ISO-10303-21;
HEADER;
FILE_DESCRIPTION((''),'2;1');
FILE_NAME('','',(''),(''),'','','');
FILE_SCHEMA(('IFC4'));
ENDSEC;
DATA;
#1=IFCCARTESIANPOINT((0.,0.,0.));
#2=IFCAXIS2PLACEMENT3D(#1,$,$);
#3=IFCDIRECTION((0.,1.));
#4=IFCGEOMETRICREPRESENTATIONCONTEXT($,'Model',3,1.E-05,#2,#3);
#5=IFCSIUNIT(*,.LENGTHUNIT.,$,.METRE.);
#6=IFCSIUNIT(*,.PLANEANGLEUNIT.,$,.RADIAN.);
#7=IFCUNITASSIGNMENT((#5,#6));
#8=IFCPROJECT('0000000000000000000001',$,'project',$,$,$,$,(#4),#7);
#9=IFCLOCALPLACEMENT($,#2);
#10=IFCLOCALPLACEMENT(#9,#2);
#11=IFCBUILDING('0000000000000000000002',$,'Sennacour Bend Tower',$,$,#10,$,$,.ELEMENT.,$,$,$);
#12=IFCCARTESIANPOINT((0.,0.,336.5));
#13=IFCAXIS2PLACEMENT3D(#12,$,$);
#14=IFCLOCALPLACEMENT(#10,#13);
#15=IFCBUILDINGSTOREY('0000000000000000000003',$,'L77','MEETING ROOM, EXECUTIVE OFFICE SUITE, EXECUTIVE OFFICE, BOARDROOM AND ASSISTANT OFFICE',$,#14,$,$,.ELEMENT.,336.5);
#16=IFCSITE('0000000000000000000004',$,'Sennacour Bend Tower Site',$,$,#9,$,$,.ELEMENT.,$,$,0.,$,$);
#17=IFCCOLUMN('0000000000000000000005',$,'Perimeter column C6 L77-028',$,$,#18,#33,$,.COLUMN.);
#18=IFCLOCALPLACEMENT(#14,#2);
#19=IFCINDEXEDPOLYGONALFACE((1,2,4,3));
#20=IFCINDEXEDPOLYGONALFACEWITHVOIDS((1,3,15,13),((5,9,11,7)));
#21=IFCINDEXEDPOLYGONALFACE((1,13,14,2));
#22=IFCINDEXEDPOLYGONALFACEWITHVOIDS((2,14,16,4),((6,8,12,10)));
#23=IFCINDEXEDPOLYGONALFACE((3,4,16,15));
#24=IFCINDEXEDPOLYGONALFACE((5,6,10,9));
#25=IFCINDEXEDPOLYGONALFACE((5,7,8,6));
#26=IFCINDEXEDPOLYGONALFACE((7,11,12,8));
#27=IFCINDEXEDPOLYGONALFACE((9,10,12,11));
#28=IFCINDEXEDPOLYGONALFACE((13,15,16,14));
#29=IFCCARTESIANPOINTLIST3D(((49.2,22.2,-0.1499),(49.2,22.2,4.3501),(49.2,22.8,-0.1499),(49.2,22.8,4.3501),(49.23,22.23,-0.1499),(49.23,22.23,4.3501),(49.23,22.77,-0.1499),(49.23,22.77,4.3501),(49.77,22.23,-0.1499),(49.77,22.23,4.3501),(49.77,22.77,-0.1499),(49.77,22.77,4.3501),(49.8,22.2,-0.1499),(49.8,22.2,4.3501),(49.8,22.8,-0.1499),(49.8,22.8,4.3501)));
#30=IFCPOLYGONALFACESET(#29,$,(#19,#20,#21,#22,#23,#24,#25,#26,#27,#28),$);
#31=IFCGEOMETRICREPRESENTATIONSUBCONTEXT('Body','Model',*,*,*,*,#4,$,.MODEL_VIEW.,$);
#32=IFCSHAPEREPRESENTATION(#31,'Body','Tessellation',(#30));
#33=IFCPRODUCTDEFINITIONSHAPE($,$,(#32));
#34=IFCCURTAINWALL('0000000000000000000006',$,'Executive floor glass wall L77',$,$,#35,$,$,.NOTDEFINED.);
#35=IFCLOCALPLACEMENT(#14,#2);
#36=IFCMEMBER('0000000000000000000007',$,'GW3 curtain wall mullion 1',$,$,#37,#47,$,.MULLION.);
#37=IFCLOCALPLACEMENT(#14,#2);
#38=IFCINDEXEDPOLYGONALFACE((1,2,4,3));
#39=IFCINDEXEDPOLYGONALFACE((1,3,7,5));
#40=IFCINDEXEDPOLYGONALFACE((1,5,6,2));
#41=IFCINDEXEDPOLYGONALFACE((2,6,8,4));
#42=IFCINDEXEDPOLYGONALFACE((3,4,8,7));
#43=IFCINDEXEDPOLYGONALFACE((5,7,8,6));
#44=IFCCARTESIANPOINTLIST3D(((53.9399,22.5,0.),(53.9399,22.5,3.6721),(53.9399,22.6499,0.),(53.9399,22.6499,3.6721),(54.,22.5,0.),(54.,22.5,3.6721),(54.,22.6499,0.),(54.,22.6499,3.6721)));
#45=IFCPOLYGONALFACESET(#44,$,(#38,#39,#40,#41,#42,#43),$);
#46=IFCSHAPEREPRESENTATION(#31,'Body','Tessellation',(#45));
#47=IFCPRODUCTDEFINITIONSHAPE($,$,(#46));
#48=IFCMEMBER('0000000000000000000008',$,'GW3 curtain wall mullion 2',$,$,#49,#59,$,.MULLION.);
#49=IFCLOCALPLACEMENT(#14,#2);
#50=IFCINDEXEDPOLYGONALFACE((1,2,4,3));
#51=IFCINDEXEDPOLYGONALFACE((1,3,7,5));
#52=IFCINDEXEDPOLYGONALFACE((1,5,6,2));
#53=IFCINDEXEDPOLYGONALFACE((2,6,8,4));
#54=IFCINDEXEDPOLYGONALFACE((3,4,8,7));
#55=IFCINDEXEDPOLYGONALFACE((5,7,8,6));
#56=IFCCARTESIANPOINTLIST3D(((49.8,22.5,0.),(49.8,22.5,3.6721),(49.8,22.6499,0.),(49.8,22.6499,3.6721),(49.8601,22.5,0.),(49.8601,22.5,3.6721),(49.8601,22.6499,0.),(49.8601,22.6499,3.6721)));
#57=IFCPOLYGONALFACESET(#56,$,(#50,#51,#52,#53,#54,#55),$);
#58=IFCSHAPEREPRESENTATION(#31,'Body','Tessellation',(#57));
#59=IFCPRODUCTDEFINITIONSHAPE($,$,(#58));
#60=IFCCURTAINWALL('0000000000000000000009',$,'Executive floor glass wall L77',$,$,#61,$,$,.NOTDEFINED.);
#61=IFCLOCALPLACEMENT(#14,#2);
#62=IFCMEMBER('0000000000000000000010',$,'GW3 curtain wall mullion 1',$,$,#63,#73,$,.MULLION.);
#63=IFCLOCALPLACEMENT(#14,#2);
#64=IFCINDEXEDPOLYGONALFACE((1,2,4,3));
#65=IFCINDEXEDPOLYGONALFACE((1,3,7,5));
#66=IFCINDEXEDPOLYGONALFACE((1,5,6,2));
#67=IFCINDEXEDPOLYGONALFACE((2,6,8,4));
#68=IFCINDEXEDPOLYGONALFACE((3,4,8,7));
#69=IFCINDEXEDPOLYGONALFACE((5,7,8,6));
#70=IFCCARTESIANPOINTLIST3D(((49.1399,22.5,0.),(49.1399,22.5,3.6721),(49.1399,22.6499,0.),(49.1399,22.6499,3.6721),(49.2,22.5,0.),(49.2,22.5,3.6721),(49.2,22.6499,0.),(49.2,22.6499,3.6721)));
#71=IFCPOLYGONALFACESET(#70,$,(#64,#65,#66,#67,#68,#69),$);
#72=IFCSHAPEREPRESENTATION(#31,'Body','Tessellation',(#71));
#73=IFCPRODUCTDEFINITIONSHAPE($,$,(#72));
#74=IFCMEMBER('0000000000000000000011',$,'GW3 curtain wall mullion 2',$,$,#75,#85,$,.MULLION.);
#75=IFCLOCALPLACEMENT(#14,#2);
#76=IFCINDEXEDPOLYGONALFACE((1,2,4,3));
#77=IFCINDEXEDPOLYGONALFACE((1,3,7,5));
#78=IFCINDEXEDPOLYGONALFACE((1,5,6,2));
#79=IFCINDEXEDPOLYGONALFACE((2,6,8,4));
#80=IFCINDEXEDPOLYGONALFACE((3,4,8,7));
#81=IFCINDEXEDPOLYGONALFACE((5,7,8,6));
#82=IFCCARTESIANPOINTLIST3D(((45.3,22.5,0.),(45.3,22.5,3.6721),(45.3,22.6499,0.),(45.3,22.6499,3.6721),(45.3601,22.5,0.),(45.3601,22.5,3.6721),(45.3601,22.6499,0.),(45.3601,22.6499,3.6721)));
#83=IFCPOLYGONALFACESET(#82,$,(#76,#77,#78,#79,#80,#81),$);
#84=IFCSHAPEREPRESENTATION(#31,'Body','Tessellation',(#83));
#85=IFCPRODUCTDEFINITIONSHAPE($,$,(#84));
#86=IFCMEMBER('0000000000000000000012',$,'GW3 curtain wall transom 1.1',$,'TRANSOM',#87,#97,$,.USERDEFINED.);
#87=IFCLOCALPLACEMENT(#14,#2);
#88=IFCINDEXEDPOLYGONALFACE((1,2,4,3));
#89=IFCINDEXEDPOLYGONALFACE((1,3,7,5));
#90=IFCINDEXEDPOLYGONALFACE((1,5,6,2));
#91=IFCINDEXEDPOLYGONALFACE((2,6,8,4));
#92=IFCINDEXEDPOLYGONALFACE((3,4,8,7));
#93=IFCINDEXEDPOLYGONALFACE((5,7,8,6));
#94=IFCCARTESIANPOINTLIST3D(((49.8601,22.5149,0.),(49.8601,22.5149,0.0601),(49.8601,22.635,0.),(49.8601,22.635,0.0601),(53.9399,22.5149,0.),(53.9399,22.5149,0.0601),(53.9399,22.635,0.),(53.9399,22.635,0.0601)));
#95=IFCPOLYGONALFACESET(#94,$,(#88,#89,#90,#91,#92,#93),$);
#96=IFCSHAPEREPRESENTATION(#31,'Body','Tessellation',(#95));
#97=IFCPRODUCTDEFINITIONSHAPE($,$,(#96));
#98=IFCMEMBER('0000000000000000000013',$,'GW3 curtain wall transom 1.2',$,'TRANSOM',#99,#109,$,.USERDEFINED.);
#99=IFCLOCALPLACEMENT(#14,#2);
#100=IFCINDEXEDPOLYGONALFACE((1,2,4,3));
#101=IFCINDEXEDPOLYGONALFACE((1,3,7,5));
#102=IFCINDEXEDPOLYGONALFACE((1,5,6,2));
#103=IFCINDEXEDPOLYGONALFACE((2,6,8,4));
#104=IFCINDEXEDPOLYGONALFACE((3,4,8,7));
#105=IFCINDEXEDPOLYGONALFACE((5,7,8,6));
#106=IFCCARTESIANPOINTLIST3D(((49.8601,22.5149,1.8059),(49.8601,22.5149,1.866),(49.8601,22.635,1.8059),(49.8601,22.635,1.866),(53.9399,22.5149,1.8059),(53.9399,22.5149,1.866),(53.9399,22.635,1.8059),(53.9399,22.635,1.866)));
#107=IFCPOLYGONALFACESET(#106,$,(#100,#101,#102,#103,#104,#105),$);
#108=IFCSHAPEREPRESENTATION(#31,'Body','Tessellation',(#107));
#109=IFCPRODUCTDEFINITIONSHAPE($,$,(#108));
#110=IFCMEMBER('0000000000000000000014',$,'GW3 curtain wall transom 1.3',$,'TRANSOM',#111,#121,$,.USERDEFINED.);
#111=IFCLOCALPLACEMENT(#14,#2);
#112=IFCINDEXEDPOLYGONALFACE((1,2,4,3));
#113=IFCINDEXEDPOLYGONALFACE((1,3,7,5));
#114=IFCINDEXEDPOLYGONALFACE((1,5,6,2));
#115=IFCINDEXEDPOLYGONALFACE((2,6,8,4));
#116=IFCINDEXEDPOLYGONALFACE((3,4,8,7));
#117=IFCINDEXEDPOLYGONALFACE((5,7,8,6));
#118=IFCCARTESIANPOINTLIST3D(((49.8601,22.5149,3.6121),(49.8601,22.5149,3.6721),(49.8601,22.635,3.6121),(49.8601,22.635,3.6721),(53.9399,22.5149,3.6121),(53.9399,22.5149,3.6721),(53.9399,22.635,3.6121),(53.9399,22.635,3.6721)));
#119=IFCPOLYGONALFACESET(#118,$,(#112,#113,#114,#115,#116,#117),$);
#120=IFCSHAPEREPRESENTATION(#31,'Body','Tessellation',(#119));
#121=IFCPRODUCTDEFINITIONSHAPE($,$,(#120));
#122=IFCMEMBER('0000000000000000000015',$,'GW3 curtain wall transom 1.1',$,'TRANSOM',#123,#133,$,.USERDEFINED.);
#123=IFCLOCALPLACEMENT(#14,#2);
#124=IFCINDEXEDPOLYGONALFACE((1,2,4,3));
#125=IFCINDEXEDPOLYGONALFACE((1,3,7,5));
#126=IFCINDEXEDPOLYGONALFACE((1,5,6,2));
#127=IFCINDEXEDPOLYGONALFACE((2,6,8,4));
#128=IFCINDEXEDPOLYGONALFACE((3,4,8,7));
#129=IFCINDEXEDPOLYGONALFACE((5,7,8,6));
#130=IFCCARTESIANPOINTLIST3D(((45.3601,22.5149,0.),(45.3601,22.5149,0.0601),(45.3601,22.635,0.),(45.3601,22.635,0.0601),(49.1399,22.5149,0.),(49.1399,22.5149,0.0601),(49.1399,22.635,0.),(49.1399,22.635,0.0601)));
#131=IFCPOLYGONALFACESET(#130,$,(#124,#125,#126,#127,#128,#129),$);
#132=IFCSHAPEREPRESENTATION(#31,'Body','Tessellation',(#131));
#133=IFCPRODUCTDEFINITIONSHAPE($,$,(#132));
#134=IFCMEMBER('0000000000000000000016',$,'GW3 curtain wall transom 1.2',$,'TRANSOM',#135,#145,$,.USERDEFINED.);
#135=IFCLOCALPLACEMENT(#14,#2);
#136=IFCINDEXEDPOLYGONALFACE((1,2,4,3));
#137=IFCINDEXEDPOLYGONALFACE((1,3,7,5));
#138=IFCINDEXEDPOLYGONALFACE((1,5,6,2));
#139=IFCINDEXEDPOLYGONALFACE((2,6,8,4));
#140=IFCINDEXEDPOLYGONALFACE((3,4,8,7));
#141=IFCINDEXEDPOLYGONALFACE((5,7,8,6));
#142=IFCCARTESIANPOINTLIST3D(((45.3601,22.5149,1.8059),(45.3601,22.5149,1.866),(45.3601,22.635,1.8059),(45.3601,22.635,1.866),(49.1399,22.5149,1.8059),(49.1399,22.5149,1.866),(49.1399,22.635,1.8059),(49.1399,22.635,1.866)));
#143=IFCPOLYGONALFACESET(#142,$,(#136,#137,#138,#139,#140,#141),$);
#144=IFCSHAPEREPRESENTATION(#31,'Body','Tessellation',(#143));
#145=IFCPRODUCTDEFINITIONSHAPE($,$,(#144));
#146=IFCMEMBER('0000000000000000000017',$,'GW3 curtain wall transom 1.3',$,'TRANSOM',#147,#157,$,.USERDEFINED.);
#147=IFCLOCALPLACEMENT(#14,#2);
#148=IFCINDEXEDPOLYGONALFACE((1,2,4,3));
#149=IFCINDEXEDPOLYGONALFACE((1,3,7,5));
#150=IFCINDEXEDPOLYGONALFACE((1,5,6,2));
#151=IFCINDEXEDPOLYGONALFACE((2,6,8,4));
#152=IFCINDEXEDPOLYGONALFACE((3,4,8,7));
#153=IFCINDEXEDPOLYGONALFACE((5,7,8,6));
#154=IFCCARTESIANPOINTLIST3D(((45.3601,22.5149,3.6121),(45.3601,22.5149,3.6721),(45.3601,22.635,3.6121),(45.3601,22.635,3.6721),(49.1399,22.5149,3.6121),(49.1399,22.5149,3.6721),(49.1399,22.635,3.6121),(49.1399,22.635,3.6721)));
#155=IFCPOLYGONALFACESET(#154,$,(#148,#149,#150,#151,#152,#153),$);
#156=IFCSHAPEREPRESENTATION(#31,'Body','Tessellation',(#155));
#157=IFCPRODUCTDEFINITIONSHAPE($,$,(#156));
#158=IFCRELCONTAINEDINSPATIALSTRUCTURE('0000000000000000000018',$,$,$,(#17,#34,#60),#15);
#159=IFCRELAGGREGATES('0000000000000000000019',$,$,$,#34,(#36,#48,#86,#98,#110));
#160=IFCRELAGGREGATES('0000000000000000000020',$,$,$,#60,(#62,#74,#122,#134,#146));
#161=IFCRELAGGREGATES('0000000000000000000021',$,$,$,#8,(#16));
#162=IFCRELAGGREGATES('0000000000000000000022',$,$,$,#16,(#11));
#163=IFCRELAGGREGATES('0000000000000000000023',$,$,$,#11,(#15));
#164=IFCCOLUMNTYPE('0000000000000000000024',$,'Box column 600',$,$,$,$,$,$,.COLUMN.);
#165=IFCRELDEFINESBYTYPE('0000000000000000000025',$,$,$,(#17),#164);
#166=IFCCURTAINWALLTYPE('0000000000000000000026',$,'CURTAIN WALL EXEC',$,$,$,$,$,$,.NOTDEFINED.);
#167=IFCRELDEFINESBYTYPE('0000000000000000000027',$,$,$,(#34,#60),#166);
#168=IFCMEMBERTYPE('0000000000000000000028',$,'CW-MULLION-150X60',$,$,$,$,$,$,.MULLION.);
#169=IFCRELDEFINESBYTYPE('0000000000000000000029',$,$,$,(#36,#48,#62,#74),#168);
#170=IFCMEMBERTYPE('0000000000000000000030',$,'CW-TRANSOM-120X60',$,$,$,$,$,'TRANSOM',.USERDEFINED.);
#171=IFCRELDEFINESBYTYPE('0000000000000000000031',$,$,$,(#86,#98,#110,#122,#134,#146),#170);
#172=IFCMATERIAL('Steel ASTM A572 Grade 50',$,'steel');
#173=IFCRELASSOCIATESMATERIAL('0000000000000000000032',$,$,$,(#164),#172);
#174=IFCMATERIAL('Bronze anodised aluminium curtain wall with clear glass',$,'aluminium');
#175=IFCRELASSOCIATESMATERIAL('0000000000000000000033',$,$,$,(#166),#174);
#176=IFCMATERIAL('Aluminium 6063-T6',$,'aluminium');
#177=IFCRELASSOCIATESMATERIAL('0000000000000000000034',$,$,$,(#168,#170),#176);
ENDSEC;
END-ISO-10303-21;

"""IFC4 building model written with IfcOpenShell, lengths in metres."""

from ifc_helpers import new_model, si_unit, direction, frame, origin, origin_2d, place, context, subcontext, project, spatial, rectangle, hollow_rectangle, extrude, material, material_profile, profile_set, type_object, element, aggregate, save


model = new_model("IFC4")

# Units and contexts
model_context = context("Model", 3, precision=1e-05, world=origin(), true_north=direction((0.0, 1.0)))
body_context = subcontext(model_context, "Body", "Model", "MODEL_VIEW")
ifc_project = project(units=[si_unit("LENGTHUNIT", "METRE"), si_unit("PLANEANGLEUNIT", "RADIAN")], contexts=[model_context])

# Site, building, storey
site_placement = place(None, origin())
site = spatial("IfcSite", under=ifc_project, at=site_placement, Name="Sennacour Bend Tower Site", CompositionType="ELEMENT", RefElevation=0.0)
building_placement = place(site_placement, origin())
building = spatial("IfcBuilding", under=site, at=building_placement, Name="Sennacour Bend Tower", CompositionType="ELEMENT")
storey_placement = place(building_placement, frame((0.0, 0.0, 336.5)))
storey = spatial("IfcBuildingStorey", under=building, at=storey_placement, Name="L77", Description="MEETING ROOM, EXECUTIVE OFFICE SUITE, EXECUTIVE OFFICE, BOARDROOM AND ASSISTANT OFFICE", CompositionType="ELEMENT", Elevation=336.5)

# Column
ifc_material_1 = material(Name="Steel ASTM A572 Grade 50", Category="steel")
ifc_material_profile_1 = material_profile(ifc_material_1, hollow_rectangle(XDim=0.6001, YDim=0.6001, WallThickness=0.03, at=origin_2d()), Name="Steel ASTM A572 Grade 50", Category="steel")
ifc_profile_set_1 = profile_set([ifc_material_profile_1], Name="Steel ASTM A572 Grade 50")
column_type = type_object("IfcColumnType", Name="Box column 600", PredefinedType="COLUMN", material=ifc_profile_set_1)
column_placement = place(storey_placement, frame((49.5, 22.5, -0.1499), z_axis=(0.0, 0.0, 1.0), x_axis=(1.0, 0.0, 0.0)))
element("IfcColumn", 1, at=column_placement, inside=storey, type_object=column_type, Name="Perimeter column C6 L77-028", PredefinedType="COLUMN", context=body_context, shape_type="SweptSolid", body=[
    extrude(hollow_rectangle(XDim=0.6001, YDim=0.6001, WallThickness=0.03, at=origin_2d()), origin(), (0.0, 0.0, 1.0), 4.5),
])

# Curtain walls, members
ifc_material_2 = material(Name="Bronze anodised aluminium curtain wall with clear glass", Category="aluminium")
curtain_wall_type = type_object("IfcCurtainWallType", Name="CURTAIN WALL EXEC", PredefinedType="NOTDEFINED", material=ifc_material_2)
curtain_wall_1_placement = place(storey_placement, origin())
curtain_wall_1 = element("IfcCurtainWall", 2, at=curtain_wall_1_placement, inside=storey, type_object=curtain_wall_type, Name="Executive floor glass wall L77", PredefinedType="NOTDEFINED")
ifc_material_3 = material(Name="Aluminium 6063-T6", Category="aluminium")
ifc_material_profile_2 = material_profile(ifc_material_3, rectangle(XDim=0.1499, YDim=0.0601, at=origin_2d()), Name="Aluminium 6063-T6", Category="aluminium")
ifc_profile_set_2 = profile_set([ifc_material_profile_2], Name="Aluminium 6063-T6")
member_type_1 = type_object("IfcMemberType", Name="CW-MULLION-150X60", PredefinedType="MULLION", material=ifc_profile_set_2)
member_1_placement = place(storey_placement, frame((53.97, 22.575, 0.0), z_axis=(0.0, 0.0, 1.0), x_axis=(0.0, -1.0, 0.0)))
member_1 = element("IfcMember", 3, at=member_1_placement, type_object=member_type_1, Name="GW3 curtain wall mullion 1", PredefinedType="MULLION", context=body_context, shape_type="SweptSolid", body=[
    extrude(rectangle(XDim=0.1499, YDim=0.0601, at=origin_2d()), origin(), (0.0, 0.0, 1.0), 3.6721),
])
member_2_placement = place(storey_placement, frame((49.8301, 22.575, 0.0), z_axis=(0.0, 0.0, 1.0), x_axis=(0.0, -1.0, 0.0)))
member_2 = element("IfcMember", 4, at=member_2_placement, type_object=member_type_1, Name="GW3 curtain wall mullion 2", PredefinedType="MULLION", context=body_context, shape_type="SweptSolid", body=[
    extrude(rectangle(XDim=0.1499, YDim=0.0601, at=origin_2d()), origin(), (0.0, 0.0, 1.0), 3.6721),
])
curtain_wall_2_placement = place(storey_placement, origin())
curtain_wall_2 = element("IfcCurtainWall", 5, at=curtain_wall_2_placement, inside=storey, type_object=curtain_wall_type, Name="Executive floor glass wall L77", PredefinedType="NOTDEFINED")
member_3_placement = place(storey_placement, frame((49.1699, 22.575, 0.0), z_axis=(0.0, 0.0, 1.0), x_axis=(0.0, -1.0, 0.0)))
member_3 = element("IfcMember", 6, at=member_3_placement, type_object=member_type_1, Name="GW3 curtain wall mullion 1", PredefinedType="MULLION", context=body_context, shape_type="SweptSolid", body=[
    extrude(rectangle(XDim=0.1499, YDim=0.0601, at=origin_2d()), origin(), (0.0, 0.0, 1.0), 3.6721),
])
member_4_placement = place(storey_placement, frame((45.3301, 22.575, 0.0), z_axis=(0.0, 0.0, 1.0), x_axis=(0.0, -1.0, 0.0)))
member_4 = element("IfcMember", 7, at=member_4_placement, type_object=member_type_1, Name="GW3 curtain wall mullion 2", PredefinedType="MULLION", context=body_context, shape_type="SweptSolid", body=[
    extrude(rectangle(XDim=0.1499, YDim=0.0601, at=origin_2d()), origin(), (0.0, 0.0, 1.0), 3.6721),
])

# Members
ifc_material_profile_3 = material_profile(ifc_material_3, rectangle(XDim=0.1201, YDim=0.0601, at=origin_2d()), Name="Aluminium 6063-T6", Category="aluminium")
ifc_profile_set_3 = profile_set([ifc_material_profile_3], Name="Aluminium 6063-T6")
member_type_2 = type_object("IfcMemberType", Name="CW-TRANSOM-120X60", ElementType="TRANSOM", PredefinedType="USERDEFINED", material=ifc_profile_set_3)
member_5_placement = place(storey_placement, frame((53.9399, 22.575, 0.03), z_axis=(-1.0, 0.0, 0.0), x_axis=(0.0, -1.0, 0.0)))
member_5 = element("IfcMember", 8, at=member_5_placement, type_object=member_type_2, Name="GW3 curtain wall transom 1.1", ObjectType="TRANSOM", PredefinedType="USERDEFINED", context=body_context, shape_type="SweptSolid", body=[
    extrude(rectangle(XDim=0.1201, YDim=0.0601, at=origin_2d()), origin(), (0.0, 0.0, 1.0), 4.0798),
])
member_6_placement = place(storey_placement, frame((53.9399, 22.575, 1.8359), z_axis=(-1.0, 0.0, 0.0), x_axis=(0.0, -1.0, 0.0)))
member_6 = element("IfcMember", 9, at=member_6_placement, type_object=member_type_2, Name="GW3 curtain wall transom 1.2", ObjectType="TRANSOM", PredefinedType="USERDEFINED", context=body_context, shape_type="SweptSolid", body=[
    extrude(rectangle(XDim=0.1201, YDim=0.0601, at=origin_2d()), origin(), (0.0, 0.0, 1.0), 4.0798),
])
member_7_placement = place(storey_placement, frame((53.9399, 22.575, 3.6421), z_axis=(-1.0, 0.0, 0.0), x_axis=(0.0, -1.0, 0.0)))
member_7 = element("IfcMember", 10, at=member_7_placement, type_object=member_type_2, Name="GW3 curtain wall transom 1.3", ObjectType="TRANSOM", PredefinedType="USERDEFINED", context=body_context, shape_type="SweptSolid", body=[
    extrude(rectangle(XDim=0.1201, YDim=0.0601, at=origin_2d()), origin(), (0.0, 0.0, 1.0), 4.0798),
])
member_8_placement = place(storey_placement, frame((49.1399, 22.575, 0.03), z_axis=(-1.0, 0.0, 0.0), x_axis=(0.0, -1.0, 0.0)))
member_8 = element("IfcMember", 11, at=member_8_placement, type_object=member_type_2, Name="GW3 curtain wall transom 1.1", ObjectType="TRANSOM", PredefinedType="USERDEFINED", context=body_context, shape_type="SweptSolid", body=[
    extrude(rectangle(XDim=0.1201, YDim=0.0601, at=origin_2d()), origin(), (0.0, 0.0, 1.0), 3.7798),
])
member_9_placement = place(storey_placement, frame((49.1399, 22.575, 1.8359), z_axis=(-1.0, 0.0, 0.0), x_axis=(0.0, -1.0, 0.0)))
member_9 = element("IfcMember", 12, at=member_9_placement, type_object=member_type_2, Name="GW3 curtain wall transom 1.2", ObjectType="TRANSOM", PredefinedType="USERDEFINED", context=body_context, shape_type="SweptSolid", body=[
    extrude(rectangle(XDim=0.1201, YDim=0.0601, at=origin_2d()), origin(), (0.0, 0.0, 1.0), 3.7798),
])
member_10_placement = place(storey_placement, frame((49.1399, 22.575, 3.6421), z_axis=(-1.0, 0.0, 0.0), x_axis=(0.0, -1.0, 0.0)))
member_10 = element("IfcMember", 13, at=member_10_placement, type_object=member_type_2, Name="GW3 curtain wall transom 1.3", ObjectType="TRANSOM", PredefinedType="USERDEFINED", context=body_context, shape_type="SweptSolid", body=[
    extrude(rectangle(XDim=0.1201, YDim=0.0601, at=origin_2d()), origin(), (0.0, 0.0, 1.0), 3.7798),
])

aggregate(curtain_wall_1, [member_1, member_2, member_5, member_6, member_7])
aggregate(curtain_wall_2, [member_3, member_4, member_8, member_9, member_10])

save(model, "model.ifc")
